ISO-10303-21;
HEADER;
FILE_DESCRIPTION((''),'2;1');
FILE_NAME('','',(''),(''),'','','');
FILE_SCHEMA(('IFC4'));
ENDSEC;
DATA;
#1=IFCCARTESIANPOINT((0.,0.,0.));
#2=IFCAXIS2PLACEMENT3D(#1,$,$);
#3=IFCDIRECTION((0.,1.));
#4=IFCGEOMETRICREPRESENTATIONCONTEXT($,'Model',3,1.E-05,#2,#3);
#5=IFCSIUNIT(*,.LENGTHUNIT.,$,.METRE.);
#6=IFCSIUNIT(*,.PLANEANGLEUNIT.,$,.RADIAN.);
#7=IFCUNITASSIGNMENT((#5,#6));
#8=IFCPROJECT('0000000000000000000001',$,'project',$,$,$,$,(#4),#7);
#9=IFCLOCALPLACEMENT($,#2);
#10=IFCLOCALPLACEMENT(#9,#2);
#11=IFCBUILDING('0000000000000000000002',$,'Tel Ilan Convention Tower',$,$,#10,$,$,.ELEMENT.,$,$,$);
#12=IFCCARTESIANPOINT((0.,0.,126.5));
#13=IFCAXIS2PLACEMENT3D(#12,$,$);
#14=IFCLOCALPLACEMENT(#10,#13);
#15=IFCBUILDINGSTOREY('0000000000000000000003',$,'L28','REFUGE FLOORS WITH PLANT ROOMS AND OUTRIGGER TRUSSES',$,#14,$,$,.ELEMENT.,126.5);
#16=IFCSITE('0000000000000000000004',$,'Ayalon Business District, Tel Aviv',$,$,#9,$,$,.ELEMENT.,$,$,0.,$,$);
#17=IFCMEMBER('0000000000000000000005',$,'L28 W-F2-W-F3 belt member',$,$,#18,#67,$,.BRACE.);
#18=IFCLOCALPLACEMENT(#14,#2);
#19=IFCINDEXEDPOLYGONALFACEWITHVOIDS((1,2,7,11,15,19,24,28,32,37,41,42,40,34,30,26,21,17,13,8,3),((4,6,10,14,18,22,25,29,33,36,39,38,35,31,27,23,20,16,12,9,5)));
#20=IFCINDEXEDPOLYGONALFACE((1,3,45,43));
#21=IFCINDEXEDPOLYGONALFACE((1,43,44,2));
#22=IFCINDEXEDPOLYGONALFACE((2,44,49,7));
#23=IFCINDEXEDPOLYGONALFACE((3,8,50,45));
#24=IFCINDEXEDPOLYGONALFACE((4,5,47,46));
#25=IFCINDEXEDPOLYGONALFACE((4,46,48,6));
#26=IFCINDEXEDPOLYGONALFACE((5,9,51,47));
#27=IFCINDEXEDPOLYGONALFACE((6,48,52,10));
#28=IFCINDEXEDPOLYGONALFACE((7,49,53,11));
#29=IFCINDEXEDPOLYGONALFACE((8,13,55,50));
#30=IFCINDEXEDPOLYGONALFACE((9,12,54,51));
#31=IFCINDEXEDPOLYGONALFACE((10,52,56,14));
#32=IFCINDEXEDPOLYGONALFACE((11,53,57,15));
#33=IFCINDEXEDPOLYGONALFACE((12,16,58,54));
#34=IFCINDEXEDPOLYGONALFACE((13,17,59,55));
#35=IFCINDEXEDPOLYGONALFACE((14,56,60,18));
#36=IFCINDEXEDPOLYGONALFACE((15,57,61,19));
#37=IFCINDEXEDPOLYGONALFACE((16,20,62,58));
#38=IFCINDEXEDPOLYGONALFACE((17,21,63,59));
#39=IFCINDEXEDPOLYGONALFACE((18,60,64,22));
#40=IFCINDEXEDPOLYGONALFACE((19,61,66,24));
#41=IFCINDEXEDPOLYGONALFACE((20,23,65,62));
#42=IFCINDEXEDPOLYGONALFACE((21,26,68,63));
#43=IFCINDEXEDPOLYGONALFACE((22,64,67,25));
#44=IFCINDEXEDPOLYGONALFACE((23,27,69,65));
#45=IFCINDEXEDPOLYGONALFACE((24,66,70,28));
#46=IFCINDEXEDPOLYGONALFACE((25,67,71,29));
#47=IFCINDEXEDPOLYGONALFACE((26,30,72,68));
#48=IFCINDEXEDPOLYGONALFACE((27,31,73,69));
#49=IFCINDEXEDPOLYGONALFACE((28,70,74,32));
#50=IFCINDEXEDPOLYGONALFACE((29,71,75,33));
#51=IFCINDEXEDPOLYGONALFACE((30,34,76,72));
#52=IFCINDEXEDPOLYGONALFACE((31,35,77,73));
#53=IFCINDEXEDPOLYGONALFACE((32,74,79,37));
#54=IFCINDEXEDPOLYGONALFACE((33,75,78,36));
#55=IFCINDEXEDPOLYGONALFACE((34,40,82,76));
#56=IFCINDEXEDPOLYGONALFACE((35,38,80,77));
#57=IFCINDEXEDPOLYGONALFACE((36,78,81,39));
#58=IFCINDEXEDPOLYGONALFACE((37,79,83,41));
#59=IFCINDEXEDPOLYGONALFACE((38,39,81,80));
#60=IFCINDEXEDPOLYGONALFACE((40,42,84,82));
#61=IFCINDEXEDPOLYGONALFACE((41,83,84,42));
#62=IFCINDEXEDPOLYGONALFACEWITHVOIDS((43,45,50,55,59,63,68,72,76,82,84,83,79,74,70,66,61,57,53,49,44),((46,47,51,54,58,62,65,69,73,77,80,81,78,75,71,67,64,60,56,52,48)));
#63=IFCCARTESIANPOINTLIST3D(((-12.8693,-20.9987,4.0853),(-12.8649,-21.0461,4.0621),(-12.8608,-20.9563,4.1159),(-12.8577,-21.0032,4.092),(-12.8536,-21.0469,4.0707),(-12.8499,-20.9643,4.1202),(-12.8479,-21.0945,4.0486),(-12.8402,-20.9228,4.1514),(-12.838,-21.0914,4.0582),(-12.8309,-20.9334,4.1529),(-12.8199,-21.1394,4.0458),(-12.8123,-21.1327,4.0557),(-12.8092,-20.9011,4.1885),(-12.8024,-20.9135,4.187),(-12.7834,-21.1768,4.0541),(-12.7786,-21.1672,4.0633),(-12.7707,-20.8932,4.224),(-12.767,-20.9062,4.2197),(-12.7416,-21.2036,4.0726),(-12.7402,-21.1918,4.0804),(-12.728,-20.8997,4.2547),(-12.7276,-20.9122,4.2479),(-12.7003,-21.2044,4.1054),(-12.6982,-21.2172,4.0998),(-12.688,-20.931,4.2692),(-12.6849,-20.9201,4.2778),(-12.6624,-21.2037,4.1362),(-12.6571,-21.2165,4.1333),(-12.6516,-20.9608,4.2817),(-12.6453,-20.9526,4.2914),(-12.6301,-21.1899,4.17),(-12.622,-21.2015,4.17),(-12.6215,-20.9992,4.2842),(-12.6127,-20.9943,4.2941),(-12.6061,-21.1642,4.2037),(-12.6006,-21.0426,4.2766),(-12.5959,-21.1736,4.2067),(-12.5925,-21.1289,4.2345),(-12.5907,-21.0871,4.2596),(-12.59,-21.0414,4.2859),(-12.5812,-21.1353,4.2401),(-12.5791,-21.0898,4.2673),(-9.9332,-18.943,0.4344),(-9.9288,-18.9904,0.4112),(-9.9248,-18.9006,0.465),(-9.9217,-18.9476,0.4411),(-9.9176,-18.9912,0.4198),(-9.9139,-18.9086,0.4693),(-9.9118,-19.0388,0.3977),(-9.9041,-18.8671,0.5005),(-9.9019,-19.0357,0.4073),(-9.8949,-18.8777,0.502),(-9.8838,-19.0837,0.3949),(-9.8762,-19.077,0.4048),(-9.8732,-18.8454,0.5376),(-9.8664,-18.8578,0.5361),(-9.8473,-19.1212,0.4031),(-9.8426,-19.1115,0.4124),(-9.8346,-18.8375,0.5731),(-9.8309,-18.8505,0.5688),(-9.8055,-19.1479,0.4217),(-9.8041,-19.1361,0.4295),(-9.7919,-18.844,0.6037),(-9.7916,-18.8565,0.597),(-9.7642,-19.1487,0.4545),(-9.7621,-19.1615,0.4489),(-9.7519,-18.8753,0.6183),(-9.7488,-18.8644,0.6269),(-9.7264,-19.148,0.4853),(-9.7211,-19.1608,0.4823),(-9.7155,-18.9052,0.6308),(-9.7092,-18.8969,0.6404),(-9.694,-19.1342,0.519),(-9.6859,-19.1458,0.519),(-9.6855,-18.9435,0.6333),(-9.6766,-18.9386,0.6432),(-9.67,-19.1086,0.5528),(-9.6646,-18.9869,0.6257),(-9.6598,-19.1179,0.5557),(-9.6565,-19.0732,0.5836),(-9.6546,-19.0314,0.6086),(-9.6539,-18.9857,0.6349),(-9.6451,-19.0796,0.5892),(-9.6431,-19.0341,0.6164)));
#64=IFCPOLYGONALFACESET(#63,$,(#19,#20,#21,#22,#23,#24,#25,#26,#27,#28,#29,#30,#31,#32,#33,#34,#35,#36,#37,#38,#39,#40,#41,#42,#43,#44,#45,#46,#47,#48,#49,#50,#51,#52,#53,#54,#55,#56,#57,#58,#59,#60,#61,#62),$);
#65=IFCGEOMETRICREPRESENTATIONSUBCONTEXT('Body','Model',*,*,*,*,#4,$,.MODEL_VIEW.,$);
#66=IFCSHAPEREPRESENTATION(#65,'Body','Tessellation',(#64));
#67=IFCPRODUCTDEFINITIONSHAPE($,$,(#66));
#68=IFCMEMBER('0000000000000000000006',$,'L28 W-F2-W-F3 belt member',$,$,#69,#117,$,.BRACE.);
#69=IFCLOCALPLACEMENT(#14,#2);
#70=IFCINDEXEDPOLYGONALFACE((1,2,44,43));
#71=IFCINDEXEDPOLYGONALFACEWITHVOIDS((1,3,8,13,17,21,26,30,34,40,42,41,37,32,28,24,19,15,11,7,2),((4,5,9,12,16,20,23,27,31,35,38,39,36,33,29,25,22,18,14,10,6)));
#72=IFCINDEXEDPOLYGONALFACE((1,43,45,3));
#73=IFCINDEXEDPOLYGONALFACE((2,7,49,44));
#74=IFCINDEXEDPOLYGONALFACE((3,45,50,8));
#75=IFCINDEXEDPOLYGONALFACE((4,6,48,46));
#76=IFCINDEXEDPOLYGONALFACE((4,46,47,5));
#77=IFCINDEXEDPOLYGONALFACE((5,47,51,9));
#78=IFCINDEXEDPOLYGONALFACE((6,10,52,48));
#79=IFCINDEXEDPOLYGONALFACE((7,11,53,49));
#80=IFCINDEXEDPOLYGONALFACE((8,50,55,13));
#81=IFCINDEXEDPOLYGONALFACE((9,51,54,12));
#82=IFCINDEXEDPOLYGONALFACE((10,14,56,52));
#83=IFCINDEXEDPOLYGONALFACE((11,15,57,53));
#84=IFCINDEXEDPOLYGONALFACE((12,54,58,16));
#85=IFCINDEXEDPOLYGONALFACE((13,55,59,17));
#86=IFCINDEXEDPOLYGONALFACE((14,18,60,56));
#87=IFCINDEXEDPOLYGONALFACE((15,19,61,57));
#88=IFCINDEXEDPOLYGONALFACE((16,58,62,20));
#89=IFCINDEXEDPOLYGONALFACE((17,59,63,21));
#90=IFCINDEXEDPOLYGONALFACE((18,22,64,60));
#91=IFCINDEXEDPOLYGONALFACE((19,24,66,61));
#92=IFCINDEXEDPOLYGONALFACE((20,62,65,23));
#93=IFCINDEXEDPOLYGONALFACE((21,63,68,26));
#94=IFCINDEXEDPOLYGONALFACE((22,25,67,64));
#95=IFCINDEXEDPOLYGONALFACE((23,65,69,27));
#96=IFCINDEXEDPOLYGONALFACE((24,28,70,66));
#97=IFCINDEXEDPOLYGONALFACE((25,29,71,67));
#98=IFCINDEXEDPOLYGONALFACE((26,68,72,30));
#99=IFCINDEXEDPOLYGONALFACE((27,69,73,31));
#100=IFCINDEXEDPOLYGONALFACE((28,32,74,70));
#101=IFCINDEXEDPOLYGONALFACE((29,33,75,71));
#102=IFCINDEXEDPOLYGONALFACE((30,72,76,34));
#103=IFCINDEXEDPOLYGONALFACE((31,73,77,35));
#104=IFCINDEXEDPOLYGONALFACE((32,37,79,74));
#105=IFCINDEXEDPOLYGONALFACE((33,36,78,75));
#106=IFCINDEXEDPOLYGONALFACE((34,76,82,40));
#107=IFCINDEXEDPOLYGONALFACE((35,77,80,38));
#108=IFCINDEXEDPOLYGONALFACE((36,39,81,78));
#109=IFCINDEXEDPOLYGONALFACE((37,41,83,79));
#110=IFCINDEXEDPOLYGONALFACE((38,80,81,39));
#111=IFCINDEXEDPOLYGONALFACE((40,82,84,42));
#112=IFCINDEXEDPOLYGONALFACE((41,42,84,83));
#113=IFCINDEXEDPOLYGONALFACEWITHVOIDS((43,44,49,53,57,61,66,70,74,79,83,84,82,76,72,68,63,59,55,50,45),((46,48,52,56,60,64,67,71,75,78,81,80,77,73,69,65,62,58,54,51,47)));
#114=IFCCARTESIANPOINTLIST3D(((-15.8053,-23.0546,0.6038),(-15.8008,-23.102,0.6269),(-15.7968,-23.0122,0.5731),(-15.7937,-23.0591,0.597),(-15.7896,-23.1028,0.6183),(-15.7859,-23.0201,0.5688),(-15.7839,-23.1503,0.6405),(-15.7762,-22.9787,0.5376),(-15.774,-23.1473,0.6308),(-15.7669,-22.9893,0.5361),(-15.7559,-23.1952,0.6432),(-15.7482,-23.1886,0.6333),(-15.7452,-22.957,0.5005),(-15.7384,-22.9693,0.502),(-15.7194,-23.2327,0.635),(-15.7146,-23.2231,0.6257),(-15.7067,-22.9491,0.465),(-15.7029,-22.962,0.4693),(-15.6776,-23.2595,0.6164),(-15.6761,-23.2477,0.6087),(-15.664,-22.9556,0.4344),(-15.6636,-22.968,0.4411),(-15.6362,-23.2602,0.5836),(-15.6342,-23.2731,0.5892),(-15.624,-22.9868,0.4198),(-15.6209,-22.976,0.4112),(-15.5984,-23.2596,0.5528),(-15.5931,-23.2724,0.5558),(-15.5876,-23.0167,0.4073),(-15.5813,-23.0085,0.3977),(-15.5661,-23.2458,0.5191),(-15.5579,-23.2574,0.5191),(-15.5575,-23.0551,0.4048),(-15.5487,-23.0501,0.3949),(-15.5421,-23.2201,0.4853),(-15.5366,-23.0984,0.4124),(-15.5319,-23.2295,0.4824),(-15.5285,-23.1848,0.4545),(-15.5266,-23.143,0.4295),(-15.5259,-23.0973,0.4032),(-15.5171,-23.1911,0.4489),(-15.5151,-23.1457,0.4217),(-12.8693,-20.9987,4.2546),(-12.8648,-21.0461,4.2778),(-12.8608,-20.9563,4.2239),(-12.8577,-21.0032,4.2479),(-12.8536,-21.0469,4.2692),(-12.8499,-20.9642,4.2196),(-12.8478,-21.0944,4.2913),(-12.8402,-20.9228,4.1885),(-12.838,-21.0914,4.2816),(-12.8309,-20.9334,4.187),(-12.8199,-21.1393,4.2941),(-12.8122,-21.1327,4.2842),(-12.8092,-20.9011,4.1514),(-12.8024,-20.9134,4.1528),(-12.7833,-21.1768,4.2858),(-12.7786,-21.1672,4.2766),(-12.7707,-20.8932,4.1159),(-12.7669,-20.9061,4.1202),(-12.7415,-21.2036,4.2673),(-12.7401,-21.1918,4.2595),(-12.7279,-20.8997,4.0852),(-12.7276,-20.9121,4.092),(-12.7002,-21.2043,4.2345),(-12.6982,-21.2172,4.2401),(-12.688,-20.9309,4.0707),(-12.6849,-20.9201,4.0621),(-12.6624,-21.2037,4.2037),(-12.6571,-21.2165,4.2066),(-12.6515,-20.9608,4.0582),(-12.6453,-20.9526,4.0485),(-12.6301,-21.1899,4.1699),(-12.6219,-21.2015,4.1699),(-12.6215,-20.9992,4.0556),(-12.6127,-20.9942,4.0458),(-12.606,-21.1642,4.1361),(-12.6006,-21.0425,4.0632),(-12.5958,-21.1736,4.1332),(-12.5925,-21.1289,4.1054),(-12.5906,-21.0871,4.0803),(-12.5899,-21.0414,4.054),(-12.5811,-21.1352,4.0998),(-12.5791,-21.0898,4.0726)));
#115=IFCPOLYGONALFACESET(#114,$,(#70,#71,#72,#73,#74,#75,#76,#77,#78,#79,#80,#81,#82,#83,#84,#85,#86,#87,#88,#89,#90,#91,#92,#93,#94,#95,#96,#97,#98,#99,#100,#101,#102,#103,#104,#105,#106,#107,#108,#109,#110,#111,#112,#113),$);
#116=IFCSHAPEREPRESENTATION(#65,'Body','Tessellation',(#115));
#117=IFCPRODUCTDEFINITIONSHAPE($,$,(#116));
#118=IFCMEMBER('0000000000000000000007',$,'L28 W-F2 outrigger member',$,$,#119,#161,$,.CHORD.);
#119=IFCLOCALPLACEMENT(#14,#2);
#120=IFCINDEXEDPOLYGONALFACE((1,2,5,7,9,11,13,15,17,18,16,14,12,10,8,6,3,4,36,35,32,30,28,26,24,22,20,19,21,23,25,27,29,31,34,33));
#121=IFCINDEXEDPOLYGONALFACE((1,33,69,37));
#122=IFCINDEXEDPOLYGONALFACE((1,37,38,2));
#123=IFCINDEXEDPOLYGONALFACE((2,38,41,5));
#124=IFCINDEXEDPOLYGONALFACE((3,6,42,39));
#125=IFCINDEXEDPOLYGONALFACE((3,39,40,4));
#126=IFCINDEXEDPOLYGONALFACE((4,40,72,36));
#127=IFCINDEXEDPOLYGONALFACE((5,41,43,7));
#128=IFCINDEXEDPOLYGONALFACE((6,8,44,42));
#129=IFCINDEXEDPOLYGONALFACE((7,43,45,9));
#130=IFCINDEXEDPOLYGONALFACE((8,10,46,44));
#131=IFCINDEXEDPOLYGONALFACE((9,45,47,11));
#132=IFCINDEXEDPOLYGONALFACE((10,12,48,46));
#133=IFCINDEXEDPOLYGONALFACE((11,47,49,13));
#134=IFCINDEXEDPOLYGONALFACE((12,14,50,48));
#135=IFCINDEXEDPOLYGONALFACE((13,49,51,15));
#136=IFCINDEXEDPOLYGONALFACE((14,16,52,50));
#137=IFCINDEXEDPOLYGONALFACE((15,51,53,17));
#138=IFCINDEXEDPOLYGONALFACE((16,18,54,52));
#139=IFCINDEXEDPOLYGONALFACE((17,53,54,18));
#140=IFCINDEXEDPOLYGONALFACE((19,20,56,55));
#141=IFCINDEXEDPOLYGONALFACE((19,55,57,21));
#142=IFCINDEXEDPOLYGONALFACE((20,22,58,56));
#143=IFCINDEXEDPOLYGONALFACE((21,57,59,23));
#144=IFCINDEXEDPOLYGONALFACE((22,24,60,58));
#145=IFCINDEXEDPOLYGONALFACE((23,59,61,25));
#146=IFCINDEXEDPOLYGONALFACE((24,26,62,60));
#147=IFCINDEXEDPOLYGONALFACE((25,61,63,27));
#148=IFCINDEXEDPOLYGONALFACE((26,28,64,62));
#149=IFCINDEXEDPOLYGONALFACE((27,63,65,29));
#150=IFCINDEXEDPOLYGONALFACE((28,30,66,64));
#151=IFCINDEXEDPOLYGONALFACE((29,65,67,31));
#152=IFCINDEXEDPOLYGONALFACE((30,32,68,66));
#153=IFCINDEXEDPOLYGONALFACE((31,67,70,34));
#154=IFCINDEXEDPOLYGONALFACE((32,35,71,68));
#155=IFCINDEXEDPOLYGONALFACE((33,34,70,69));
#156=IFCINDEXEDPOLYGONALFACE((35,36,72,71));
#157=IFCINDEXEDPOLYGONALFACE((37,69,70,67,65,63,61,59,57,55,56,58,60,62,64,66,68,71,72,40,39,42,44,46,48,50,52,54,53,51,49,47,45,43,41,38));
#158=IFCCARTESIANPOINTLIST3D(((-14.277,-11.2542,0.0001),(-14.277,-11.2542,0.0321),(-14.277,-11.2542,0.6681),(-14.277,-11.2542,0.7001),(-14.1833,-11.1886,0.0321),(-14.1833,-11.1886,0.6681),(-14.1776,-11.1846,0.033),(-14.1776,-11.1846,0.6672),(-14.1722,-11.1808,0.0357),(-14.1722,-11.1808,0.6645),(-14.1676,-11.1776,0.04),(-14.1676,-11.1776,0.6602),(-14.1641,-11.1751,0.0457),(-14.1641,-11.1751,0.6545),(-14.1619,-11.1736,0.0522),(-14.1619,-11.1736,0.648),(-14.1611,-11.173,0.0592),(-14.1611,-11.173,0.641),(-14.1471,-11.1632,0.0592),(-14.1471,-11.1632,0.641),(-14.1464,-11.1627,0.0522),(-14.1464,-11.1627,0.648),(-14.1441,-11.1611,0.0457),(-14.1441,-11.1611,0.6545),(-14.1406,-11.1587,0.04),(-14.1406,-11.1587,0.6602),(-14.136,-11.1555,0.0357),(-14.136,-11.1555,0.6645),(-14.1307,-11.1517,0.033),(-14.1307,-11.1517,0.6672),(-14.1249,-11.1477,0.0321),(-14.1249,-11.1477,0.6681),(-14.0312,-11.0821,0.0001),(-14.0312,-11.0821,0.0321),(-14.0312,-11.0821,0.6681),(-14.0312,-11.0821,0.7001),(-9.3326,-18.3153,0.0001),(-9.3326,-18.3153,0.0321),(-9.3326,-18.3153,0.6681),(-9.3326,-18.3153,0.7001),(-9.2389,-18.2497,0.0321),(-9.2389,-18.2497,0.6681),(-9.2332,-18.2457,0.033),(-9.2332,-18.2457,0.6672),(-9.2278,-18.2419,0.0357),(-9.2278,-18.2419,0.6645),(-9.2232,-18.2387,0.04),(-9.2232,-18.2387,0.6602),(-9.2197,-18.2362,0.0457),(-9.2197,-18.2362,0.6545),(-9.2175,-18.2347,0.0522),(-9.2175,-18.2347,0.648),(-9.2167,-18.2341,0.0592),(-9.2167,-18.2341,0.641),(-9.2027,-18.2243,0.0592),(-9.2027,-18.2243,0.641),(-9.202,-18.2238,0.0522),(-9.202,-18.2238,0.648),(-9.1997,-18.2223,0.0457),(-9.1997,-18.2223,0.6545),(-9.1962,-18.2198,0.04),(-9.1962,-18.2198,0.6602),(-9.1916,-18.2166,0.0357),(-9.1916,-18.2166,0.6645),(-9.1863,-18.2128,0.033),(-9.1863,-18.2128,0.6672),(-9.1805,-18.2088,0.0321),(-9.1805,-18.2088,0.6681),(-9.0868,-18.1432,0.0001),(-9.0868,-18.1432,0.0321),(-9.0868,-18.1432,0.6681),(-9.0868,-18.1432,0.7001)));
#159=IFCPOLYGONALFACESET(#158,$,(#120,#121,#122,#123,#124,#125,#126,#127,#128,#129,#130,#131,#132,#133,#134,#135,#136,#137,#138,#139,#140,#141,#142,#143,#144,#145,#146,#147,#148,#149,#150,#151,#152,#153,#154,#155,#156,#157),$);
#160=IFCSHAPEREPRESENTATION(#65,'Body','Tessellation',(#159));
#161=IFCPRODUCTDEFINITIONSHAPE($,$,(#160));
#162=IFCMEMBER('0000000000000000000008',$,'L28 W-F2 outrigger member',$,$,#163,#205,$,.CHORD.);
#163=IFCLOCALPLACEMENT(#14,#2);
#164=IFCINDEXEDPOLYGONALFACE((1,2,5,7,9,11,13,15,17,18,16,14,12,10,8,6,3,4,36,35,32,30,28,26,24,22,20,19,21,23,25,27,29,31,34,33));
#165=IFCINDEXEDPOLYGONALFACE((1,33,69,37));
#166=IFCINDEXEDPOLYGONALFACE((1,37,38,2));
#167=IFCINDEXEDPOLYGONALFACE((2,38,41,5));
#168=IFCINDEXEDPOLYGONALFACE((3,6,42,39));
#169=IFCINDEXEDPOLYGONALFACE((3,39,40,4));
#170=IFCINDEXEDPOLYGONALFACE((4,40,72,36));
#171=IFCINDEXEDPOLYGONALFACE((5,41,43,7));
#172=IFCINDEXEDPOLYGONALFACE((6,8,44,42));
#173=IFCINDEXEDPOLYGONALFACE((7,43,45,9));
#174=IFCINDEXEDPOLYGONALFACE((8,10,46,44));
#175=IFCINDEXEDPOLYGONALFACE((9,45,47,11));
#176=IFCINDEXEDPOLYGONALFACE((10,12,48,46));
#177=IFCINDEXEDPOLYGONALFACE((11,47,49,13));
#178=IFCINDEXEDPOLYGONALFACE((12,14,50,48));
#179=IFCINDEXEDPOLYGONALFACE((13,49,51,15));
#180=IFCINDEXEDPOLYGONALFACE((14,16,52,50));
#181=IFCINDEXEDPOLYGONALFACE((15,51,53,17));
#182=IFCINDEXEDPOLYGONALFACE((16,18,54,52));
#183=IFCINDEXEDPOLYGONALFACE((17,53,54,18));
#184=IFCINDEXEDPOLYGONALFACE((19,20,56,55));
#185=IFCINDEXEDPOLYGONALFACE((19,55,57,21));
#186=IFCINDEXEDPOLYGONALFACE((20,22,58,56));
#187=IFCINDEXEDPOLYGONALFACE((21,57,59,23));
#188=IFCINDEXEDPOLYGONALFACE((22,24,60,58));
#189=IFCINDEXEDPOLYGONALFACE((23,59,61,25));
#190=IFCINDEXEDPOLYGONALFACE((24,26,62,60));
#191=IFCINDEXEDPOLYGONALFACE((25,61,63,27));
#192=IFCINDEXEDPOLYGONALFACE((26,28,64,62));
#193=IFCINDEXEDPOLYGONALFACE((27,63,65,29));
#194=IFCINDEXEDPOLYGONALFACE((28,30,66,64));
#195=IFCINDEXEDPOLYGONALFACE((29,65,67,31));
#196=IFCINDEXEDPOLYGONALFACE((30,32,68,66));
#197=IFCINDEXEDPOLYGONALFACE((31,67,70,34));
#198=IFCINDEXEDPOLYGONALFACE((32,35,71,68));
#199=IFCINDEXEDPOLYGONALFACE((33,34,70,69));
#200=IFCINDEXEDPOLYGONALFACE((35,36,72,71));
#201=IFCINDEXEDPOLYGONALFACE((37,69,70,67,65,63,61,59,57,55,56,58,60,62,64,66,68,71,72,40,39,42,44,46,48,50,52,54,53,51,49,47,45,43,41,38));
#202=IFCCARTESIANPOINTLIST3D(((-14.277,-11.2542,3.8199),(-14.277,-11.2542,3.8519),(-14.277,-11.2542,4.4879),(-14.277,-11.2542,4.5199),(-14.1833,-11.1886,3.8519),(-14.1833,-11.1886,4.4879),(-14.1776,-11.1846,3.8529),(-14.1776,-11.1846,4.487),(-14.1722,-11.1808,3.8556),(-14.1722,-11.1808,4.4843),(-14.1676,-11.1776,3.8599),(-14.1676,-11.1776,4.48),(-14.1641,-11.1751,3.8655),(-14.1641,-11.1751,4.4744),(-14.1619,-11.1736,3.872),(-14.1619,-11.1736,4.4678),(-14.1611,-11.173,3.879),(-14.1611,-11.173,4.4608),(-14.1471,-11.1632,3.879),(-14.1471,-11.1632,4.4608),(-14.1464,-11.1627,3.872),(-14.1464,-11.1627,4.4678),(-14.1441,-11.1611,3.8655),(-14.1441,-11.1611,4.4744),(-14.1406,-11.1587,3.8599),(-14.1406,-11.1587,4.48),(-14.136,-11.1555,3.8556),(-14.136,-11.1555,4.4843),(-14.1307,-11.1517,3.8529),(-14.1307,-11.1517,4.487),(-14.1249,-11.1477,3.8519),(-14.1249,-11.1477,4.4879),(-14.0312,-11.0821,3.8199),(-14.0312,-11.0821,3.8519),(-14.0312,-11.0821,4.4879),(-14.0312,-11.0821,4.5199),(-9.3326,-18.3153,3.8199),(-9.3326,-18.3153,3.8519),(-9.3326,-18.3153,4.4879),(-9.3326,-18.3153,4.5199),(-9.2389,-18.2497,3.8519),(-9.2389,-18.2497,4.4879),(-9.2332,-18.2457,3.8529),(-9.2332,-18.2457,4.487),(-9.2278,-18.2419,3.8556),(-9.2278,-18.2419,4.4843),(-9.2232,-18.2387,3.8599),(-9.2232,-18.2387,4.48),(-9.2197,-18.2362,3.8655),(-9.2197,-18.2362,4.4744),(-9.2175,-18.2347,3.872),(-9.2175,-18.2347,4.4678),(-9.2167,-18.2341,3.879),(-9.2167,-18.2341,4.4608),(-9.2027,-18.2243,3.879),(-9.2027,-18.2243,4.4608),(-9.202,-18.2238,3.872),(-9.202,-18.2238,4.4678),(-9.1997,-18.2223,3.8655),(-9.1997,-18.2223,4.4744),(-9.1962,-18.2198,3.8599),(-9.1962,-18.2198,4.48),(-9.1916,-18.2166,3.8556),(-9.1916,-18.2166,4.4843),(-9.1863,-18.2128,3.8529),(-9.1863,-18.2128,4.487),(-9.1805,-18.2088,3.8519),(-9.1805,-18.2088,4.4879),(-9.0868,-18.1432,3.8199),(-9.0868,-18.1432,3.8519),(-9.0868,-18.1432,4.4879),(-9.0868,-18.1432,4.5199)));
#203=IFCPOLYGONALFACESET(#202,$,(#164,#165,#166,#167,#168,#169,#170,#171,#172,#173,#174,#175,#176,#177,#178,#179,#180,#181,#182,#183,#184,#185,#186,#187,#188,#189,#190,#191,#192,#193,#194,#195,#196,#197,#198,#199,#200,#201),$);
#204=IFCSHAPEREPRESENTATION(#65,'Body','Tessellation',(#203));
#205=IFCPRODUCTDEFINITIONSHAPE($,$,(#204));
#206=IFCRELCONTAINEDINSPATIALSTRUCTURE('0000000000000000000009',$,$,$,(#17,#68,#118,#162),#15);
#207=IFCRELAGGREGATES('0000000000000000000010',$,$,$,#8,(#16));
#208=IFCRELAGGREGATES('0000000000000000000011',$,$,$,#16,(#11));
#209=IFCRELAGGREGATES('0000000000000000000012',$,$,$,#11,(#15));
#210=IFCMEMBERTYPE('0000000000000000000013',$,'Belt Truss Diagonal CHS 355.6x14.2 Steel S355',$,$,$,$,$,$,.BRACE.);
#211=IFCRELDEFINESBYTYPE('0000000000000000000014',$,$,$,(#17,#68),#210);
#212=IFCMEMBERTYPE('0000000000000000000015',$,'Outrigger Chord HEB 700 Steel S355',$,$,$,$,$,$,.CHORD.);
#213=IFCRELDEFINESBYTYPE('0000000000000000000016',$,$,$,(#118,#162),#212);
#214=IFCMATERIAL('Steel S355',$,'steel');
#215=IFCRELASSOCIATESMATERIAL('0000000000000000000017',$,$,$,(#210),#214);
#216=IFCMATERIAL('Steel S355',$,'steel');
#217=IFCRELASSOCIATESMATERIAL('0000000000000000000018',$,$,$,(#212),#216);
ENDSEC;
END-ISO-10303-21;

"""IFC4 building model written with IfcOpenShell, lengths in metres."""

from ifc_helpers import new_model, si_unit, direction, frame, origin, origin_2d, place, context, subcontext, project, spatial, hollow_circle, i_section, extrude, material, material_profile, profile_set, type_object, element, save


model = new_model("IFC4")

# Units and contexts
model_context = context("Model", 3, precision=1e-05, world=origin(), true_north=direction((0.0, 1.0)))
body_context = subcontext(model_context, "Body", "Model", "MODEL_VIEW")
ifc_project = project(units=[si_unit("LENGTHUNIT", "METRE"), si_unit("PLANEANGLEUNIT", "RADIAN")], contexts=[model_context])

# Site, building, storey
site_placement = place(None, origin())
site = spatial("IfcSite", under=ifc_project, at=site_placement, Name="Ayalon Business District, Tel Aviv", CompositionType="ELEMENT", RefElevation=0.0)
building_placement = place(site_placement, origin())
building = spatial("IfcBuilding", under=site, at=building_placement, Name="Tel Ilan Convention Tower", CompositionType="ELEMENT")
storey_placement = place(building_placement, frame((0.0, 0.0, 126.5)))
storey = spatial("IfcBuildingStorey", under=building, at=storey_placement, Name="L28", Description="REFUGE FLOORS WITH PLANT ROOMS AND OUTRIGGER TRUSSES", CompositionType="ELEMENT", Elevation=126.5)

# Members
ifc_material_1 = material(Name="Steel S355", Category="steel")
ifc_material_profile_1 = material_profile(ifc_material_1, hollow_circle(Radius=0.1777, WallThickness=0.0142, at=origin_2d()), Name="CHS 355.6x14.2")
ifc_profile_set_1 = profile_set([ifc_material_profile_1], Name="Steel S355")
member_type_1 = type_object("IfcMemberType", Name="Belt Truss Diagonal CHS 355.6x14.2 Steel S355", PredefinedType="BRACE", material=ifc_profile_set_1)
for number, where, z_axis, x_axis, name in (
    (1, (-9.7878, -19.0002, 0.519), (-0.573876, -0.401799, 0.713599), (0.573545, -0.819174, 0.0), "L28 W-F2-W-F3 belt member"),
    (2, (-12.7239, -21.0559, 4.1699), (-0.573865, -0.401839, -0.713585), (0.57359, -0.819142, 0.0), "L28 W-F2-W-F3 belt member"),
):
    element("IfcMember", number, at=place(storey_placement, frame(where, z_axis=z_axis, x_axis=x_axis)), inside=storey, type_object=member_type_1, Name=name, PredefinedType="BRACE", context=body_context, shape_type="SweptSolid", body=[
        extrude(hollow_circle(Radius=0.1777, WallThickness=0.0142, at=origin_2d()), origin(), (0.0, 0.0, 1.0), 5.1162),
    ])
ifc_material_2 = material(Name="Steel S355", Category="steel")
ifc_material_profile_2 = material_profile(ifc_material_2, i_section(OverallWidth=0.3, OverallDepth=0.7, WebThickness=0.0171, FlangeThickness=0.032, FilletRadius=0.0271, at=origin_2d()), Name="HEB 700")
ifc_profile_set_2 = profile_set([ifc_material_profile_2], Name="Steel S355")
member_type_2 = type_object("IfcMemberType", Name="Outrigger Chord HEB 700 Steel S355", PredefinedType="CHORD", material=ifc_profile_set_2)
for number, where, z_axis, x_axis, name in (
    (3, (-9.2097, -18.2292, 0.3501), (-0.573588, 0.819144, 0.0), (-0.819144, -0.573588, 0.0), "L28 W-F2 outrigger member"),
    (4, (-9.2097, -18.2292, 4.1699), (-0.573588, 0.819144, 0.0), (-0.819144, -0.573588, 0.0), "L28 W-F2 outrigger member"),
):
    element("IfcMember", number, at=place(storey_placement, frame(where, z_axis=z_axis, x_axis=x_axis)), inside=storey, type_object=member_type_2, Name=name, PredefinedType="CHORD", context=body_context, shape_type="SweptSolid", body=[
        extrude(i_section(OverallWidth=0.3, OverallDepth=0.7, WebThickness=0.0171, FlangeThickness=0.032, FilletRadius=0.0271, at=origin_2d()), origin(), (0.0, 0.0, 1.0), 8.6201),
    ])

save(model, "model.ifc")
